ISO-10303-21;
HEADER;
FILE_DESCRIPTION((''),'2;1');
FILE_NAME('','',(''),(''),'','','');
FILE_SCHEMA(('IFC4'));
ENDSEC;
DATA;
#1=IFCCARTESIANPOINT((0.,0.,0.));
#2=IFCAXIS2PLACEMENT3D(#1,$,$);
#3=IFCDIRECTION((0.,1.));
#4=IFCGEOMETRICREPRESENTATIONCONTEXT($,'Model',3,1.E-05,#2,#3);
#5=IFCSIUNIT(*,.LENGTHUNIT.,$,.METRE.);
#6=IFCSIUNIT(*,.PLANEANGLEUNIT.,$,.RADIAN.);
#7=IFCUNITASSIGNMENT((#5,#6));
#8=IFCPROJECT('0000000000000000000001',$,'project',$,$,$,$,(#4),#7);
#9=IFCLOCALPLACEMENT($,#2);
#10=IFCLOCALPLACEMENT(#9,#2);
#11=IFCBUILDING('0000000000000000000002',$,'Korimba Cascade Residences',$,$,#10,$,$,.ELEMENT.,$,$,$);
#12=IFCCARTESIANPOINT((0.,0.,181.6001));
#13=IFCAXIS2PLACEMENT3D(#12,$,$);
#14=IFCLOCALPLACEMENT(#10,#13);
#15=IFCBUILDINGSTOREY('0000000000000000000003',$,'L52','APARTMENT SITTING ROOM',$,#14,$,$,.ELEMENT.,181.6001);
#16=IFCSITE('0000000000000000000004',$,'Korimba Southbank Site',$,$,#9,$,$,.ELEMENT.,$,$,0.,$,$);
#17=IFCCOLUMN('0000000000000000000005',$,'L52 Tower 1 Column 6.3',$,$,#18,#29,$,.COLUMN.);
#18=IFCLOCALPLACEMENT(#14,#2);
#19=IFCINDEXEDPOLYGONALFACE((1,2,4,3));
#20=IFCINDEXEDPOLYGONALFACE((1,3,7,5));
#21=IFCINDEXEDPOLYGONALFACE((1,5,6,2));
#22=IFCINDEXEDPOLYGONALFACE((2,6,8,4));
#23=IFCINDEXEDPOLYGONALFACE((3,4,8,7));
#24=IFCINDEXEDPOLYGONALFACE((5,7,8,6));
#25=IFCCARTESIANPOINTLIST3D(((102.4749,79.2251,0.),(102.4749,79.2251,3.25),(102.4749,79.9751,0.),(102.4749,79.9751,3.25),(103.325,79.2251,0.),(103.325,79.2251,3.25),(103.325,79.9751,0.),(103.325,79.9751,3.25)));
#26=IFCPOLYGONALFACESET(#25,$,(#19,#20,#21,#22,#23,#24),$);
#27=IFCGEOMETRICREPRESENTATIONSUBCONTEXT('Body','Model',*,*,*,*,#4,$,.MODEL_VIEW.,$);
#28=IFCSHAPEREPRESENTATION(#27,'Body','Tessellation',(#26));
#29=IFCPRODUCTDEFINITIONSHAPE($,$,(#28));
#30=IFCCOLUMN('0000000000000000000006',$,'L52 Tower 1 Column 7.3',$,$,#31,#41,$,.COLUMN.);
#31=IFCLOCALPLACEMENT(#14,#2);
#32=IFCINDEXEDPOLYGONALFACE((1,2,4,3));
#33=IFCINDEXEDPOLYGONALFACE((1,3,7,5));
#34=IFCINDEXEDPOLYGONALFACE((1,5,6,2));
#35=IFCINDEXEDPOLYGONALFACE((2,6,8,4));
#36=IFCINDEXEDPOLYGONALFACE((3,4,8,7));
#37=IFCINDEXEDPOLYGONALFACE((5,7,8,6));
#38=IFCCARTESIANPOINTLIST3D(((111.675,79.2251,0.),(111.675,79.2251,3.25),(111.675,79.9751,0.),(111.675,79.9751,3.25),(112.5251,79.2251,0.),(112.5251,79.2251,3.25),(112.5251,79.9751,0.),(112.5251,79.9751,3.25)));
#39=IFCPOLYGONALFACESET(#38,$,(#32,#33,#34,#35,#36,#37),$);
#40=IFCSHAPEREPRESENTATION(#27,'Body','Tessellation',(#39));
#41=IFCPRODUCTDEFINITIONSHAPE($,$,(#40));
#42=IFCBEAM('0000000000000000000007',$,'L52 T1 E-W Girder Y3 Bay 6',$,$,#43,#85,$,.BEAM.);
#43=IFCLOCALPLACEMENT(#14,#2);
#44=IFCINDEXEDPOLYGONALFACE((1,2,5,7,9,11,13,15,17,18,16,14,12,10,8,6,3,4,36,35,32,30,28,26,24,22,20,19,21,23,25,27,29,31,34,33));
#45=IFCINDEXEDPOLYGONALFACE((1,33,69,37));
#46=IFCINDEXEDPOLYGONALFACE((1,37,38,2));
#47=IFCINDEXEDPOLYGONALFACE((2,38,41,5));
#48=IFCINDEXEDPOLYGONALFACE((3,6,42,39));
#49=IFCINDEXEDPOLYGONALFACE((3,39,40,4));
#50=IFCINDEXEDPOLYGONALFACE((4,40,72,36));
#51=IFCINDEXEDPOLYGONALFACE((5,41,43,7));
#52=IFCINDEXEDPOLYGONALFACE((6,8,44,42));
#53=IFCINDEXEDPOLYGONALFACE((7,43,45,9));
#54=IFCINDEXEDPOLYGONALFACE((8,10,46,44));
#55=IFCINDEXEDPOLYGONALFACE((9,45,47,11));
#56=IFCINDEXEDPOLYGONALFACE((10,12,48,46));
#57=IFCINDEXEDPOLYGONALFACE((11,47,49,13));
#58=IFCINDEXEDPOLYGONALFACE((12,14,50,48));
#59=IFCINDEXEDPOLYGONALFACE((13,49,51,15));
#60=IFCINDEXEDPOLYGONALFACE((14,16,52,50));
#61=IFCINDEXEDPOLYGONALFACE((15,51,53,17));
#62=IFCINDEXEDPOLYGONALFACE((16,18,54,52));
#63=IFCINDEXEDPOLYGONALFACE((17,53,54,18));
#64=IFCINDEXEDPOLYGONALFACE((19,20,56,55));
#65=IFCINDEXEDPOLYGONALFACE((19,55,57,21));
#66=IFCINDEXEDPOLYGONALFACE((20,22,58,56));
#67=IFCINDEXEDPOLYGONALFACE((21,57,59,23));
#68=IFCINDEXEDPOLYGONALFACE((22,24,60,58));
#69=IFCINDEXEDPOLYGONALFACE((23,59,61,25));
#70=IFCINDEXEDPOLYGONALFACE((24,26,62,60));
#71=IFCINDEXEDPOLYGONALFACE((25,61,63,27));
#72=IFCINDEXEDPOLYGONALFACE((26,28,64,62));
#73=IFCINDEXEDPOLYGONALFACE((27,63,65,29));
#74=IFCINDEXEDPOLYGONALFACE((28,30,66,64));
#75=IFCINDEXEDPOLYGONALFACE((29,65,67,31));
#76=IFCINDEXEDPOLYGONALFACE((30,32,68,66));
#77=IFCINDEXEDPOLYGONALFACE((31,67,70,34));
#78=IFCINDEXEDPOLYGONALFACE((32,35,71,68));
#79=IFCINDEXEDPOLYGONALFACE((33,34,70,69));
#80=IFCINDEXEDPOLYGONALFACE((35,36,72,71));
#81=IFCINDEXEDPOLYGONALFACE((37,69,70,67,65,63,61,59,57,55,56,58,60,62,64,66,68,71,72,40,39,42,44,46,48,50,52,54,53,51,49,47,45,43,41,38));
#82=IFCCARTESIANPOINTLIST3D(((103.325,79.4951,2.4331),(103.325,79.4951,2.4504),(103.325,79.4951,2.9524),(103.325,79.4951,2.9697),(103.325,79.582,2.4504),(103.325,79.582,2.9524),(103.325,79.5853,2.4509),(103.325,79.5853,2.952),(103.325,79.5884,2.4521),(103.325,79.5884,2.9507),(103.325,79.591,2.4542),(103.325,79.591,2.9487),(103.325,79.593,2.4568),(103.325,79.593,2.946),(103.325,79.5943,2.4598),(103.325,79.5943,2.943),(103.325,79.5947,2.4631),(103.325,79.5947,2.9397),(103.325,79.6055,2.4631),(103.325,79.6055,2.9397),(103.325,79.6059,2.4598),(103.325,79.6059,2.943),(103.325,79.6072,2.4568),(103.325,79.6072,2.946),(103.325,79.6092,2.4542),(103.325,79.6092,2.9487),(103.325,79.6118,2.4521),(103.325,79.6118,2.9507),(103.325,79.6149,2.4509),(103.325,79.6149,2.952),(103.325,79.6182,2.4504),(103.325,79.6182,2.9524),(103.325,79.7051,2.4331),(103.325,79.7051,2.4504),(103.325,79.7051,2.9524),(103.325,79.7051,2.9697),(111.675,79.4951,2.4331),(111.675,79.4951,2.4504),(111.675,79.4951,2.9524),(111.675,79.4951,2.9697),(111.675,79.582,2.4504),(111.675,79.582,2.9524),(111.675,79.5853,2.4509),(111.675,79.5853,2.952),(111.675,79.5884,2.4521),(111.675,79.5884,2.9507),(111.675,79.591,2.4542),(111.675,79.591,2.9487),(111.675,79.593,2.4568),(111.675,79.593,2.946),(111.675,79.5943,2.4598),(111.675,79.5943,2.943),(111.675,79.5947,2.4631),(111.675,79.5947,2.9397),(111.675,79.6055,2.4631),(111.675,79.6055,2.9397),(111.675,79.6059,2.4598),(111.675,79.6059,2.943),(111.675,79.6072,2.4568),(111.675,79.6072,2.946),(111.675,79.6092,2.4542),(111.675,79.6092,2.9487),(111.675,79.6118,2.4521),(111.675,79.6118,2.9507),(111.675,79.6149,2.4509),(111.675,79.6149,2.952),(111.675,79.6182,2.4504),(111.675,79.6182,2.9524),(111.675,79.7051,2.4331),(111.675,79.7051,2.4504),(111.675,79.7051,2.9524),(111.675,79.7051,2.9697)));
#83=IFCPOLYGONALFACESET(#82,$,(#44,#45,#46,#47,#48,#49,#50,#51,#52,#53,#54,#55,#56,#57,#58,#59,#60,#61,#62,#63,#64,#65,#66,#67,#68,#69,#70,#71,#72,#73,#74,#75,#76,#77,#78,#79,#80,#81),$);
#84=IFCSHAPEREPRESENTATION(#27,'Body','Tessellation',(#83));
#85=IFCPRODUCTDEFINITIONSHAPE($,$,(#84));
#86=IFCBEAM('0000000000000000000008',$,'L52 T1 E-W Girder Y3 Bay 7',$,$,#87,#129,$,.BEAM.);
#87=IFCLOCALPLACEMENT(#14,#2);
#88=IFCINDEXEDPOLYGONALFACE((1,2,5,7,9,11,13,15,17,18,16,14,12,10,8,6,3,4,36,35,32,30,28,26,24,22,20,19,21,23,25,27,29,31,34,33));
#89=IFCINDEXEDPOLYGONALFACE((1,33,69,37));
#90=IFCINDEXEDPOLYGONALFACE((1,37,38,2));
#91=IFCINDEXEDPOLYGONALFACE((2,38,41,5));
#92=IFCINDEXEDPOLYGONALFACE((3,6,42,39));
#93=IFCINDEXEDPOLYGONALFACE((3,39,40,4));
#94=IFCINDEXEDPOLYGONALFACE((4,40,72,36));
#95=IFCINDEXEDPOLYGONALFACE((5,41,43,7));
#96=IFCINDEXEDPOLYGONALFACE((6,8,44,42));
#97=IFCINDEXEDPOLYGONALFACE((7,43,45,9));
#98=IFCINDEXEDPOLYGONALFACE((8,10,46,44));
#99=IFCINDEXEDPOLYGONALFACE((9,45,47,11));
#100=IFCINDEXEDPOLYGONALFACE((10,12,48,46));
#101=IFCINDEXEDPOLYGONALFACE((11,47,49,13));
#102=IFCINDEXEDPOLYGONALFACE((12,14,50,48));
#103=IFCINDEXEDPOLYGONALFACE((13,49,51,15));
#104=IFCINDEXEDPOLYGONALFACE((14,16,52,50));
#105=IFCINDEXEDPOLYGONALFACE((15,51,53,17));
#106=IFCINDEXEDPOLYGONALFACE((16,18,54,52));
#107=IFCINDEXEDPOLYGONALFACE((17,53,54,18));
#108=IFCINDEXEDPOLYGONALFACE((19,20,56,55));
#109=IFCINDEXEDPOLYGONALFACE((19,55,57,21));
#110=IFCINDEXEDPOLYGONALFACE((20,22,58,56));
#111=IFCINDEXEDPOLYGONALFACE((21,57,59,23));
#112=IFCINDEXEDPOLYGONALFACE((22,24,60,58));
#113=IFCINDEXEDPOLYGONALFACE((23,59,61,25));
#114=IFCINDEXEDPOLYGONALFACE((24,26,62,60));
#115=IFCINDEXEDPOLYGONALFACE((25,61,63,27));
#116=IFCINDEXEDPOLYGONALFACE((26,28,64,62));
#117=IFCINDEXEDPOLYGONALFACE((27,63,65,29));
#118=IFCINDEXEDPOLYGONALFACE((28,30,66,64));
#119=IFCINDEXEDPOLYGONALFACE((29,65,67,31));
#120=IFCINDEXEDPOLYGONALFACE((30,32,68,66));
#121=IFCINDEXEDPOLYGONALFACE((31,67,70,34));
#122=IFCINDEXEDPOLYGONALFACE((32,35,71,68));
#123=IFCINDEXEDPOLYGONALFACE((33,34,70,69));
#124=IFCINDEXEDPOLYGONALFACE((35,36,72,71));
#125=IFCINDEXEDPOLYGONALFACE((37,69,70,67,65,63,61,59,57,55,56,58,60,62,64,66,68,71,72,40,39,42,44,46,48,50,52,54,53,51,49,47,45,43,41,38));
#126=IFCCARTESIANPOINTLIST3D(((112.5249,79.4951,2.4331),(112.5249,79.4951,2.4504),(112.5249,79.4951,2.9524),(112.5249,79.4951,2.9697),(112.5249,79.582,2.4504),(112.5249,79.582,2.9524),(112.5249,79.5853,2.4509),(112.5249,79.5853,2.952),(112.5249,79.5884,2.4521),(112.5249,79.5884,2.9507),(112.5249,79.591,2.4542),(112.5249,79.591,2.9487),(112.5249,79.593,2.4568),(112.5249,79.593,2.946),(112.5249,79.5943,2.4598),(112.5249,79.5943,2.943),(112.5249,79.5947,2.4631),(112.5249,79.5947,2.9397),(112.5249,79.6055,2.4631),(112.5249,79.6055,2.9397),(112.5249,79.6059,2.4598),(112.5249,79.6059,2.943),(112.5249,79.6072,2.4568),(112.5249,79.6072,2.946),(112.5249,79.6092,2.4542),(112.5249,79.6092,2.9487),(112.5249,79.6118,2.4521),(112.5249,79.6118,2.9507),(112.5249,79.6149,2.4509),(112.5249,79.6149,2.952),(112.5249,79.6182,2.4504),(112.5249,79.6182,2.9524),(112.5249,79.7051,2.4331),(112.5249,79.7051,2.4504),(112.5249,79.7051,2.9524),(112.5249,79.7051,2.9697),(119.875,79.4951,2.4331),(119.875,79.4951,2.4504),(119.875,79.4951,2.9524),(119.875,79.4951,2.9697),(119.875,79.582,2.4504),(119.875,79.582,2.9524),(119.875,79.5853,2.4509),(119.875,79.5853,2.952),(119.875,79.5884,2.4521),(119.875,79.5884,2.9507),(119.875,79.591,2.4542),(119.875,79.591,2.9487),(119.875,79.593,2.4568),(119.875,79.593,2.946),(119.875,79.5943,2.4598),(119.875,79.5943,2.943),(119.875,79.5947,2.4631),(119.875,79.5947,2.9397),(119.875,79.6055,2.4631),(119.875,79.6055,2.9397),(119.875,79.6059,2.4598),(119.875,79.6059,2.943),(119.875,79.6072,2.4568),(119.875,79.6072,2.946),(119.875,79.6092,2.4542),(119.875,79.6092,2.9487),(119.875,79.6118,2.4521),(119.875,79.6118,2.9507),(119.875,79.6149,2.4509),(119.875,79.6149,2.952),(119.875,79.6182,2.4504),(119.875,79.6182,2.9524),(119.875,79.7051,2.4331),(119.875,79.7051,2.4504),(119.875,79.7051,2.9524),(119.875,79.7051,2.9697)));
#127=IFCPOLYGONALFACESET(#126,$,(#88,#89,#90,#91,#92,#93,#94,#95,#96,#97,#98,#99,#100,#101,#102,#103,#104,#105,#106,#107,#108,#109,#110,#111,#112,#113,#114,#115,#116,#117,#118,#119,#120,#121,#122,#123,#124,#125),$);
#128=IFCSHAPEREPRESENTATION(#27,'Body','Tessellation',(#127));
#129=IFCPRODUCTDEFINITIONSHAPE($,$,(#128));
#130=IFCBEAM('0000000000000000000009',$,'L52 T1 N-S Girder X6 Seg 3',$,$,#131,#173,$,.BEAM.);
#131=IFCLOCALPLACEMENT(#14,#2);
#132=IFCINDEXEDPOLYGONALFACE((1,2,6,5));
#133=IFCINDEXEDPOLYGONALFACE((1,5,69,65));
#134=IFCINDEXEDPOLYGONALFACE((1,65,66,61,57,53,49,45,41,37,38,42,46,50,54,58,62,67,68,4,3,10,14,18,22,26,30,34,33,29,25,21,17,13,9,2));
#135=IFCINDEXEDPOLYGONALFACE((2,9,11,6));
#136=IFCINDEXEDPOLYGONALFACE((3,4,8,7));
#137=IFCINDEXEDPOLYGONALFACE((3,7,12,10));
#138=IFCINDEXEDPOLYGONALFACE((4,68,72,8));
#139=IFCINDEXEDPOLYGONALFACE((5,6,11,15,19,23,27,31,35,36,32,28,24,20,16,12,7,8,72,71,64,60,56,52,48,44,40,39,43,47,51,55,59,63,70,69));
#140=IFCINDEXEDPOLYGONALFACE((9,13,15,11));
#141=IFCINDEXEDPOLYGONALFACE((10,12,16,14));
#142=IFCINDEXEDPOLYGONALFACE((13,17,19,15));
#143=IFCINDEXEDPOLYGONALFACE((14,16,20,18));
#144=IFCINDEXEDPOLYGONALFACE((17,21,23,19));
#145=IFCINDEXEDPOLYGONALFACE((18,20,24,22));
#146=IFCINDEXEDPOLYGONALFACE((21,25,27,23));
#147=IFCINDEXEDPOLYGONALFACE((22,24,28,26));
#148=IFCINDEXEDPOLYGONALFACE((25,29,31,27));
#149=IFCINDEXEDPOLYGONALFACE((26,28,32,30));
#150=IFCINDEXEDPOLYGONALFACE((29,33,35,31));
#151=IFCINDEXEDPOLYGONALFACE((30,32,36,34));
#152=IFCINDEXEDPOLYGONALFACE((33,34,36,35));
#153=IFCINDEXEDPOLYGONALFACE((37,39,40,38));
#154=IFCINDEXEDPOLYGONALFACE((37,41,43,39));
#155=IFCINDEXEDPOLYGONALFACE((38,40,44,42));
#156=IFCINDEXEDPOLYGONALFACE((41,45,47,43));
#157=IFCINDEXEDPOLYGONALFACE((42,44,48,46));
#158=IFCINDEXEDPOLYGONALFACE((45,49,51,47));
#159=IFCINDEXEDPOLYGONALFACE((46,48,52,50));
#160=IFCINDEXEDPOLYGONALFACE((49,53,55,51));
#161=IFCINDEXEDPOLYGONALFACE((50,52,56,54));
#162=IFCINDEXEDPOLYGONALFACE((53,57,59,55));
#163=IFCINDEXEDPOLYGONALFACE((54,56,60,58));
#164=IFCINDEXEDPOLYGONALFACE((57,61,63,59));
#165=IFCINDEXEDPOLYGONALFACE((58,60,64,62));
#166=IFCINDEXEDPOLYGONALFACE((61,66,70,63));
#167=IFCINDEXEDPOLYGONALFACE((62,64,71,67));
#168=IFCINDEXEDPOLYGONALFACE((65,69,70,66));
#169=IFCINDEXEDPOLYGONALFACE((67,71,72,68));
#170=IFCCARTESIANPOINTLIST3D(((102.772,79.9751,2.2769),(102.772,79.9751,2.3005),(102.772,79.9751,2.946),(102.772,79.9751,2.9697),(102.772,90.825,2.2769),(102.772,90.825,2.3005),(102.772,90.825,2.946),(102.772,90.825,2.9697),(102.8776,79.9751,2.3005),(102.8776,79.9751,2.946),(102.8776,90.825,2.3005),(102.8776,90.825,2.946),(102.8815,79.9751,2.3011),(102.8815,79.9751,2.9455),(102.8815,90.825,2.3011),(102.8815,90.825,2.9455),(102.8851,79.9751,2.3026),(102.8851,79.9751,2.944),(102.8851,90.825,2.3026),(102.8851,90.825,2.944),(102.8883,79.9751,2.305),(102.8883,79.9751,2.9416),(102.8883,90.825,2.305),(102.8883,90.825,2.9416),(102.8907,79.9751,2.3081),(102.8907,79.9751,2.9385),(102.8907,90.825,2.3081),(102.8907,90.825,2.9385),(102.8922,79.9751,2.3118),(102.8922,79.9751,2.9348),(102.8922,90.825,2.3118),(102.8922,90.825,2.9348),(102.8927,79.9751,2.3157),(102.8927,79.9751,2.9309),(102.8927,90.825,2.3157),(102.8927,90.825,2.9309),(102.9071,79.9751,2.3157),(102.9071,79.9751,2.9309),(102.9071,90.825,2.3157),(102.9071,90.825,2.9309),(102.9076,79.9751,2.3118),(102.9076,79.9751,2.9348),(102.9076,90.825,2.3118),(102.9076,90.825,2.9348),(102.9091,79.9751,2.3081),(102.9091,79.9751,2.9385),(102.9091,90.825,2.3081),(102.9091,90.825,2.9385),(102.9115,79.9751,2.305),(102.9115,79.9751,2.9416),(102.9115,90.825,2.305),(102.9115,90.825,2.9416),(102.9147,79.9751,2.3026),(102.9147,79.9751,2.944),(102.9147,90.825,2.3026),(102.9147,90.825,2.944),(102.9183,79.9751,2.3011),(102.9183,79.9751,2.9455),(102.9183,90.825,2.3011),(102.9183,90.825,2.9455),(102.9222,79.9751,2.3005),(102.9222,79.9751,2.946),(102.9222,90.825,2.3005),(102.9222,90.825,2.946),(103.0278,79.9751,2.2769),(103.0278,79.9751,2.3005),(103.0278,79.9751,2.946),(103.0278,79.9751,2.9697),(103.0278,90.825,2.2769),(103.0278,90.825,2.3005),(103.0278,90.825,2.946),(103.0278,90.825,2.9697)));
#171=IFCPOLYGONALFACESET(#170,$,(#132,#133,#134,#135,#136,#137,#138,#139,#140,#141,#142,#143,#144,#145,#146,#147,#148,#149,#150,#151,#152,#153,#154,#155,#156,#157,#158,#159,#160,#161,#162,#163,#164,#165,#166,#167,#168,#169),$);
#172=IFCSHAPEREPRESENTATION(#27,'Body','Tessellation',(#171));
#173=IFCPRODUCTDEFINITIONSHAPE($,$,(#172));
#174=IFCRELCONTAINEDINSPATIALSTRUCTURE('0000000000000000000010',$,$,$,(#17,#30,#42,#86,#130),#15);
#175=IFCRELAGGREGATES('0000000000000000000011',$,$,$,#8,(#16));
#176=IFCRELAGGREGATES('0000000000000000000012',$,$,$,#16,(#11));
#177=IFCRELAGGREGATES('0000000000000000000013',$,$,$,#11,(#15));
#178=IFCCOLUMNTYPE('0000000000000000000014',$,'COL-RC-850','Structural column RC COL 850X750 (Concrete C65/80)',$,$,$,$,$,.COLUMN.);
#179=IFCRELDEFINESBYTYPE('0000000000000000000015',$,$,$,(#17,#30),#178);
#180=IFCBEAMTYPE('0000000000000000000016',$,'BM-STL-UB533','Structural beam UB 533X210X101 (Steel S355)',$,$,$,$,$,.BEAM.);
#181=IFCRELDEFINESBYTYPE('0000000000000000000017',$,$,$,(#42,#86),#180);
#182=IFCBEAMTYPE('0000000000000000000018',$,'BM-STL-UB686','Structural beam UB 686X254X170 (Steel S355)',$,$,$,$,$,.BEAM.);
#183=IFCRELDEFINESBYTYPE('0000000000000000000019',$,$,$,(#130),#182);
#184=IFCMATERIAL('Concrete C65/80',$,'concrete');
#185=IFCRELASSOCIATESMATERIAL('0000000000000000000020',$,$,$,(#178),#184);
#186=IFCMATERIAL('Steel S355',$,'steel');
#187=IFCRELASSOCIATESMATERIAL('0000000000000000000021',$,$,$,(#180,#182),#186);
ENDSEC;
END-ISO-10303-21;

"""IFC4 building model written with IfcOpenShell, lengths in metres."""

from ifc_helpers import new_model, si_unit, direction, frame, origin, origin_2d, place, context, subcontext, project, spatial, rectangle, i_section, extrude, material, material_profile, profile_set, type_object, element, save


model = new_model("IFC4")

# Units and contexts
model_context = context("Model", 3, precision=1e-05, world=origin(), true_north=direction((0.0, 1.0)))
body_context = subcontext(model_context, "Body", "Model", "MODEL_VIEW")
ifc_project = project(units=[si_unit("LENGTHUNIT", "METRE"), si_unit("PLANEANGLEUNIT", "RADIAN")], contexts=[model_context])

# Site, building, storey
site_placement = place(None, origin())
site = spatial("IfcSite", under=ifc_project, at=site_placement, Name="Korimba Southbank Site", CompositionType="ELEMENT", RefElevation=0.0)
building_placement = place(site_placement, origin())
building = spatial("IfcBuilding", under=site, at=building_placement, Name="Korimba Cascade Residences", CompositionType="ELEMENT")
storey_placement = place(building_placement, frame((0.0, 0.0, 181.6001)))
storey = spatial("IfcBuildingStorey", under=building, at=storey_placement, Name="L52", Description="APARTMENT SITTING ROOM", CompositionType="ELEMENT", Elevation=181.6001)

# Columns
ifc_material_1 = material(Name="Concrete C65/80", Category="concrete")
ifc_material_profile_1 = material_profile(ifc_material_1, rectangle(XDim=0.8501, YDim=0.75, at=origin_2d()), Name="Concrete C65/80")
ifc_profile_set_1 = profile_set([ifc_material_profile_1], Name="Concrete C65/80")
column_type = type_object("IfcColumnType", Name="COL-RC-850", Description="Structural column RC COL 850X750 (Concrete C65/80)", PredefinedType="COLUMN", material=ifc_profile_set_1)
for number, where, z_axis, x_axis, name in (
    (1, (102.8999, 79.6001, 0.0), (0.0, 0.0, 1.0), (1.0, 0.0, 0.0), "L52 Tower 1 Column 6.3"),
    (2, (112.1001, 79.6001, 0.0), (0.0, 0.0, 1.0), (1.0, 0.0, 0.0), "L52 Tower 1 Column 7.3"),
):
    element("IfcColumn", number, at=place(storey_placement, frame(where, z_axis=z_axis, x_axis=x_axis)), inside=storey, type_object=column_type, Name=name, PredefinedType="COLUMN", context=body_context, shape_type="SweptSolid", body=[
        extrude(rectangle(XDim=0.8501, YDim=0.75, at=origin_2d()), origin(), (0.0, 0.0, 1.0), 3.25),
    ])

# Beams
ifc_material_2 = material(Name="Steel S355", Category="steel")
ifc_material_profile_2 = material_profile(ifc_material_2, i_section(OverallWidth=0.21, OverallDepth=0.5366, WebThickness=0.0107, FlangeThickness=0.0173, FilletRadius=0.0127, at=origin_2d()), Name="Steel S355")
ifc_profile_set_2 = profile_set([ifc_material_profile_2], Name="Steel S355")
beam_type_1 = type_object("IfcBeamType", Name="BM-STL-UB533", Description="Structural beam UB 533X210X101 (Steel S355)", PredefinedType="BEAM", material=ifc_profile_set_2)
beam_1_placement = place(storey_placement, frame((103.325, 79.6001, 2.7014), z_axis=(1.0, 0.0, 0.0), x_axis=(0.0, 1.0, 0.0)))
element("IfcBeam", 3, at=beam_1_placement, inside=storey, type_object=beam_type_1, Name="L52 T1 E-W Girder Y3 Bay 6", PredefinedType="BEAM", context=body_context, shape_type="SweptSolid", body=[
    extrude(i_section(OverallWidth=0.21, OverallDepth=0.5366, WebThickness=0.0107, FlangeThickness=0.0173, FilletRadius=0.0127, at=origin_2d()), origin(), (0.0, 0.0, 1.0), 8.3501),
])
beam_2_placement = place(storey_placement, frame((112.5249, 79.6001, 2.7014), z_axis=(1.0, 0.0, 0.0), x_axis=(0.0, 1.0, 0.0)))
element("IfcBeam", 4, at=beam_2_placement, inside=storey, type_object=beam_type_1, Name="L52 T1 E-W Girder Y3 Bay 7", PredefinedType="BEAM", context=body_context, shape_type="SweptSolid", body=[
    extrude(i_section(OverallWidth=0.21, OverallDepth=0.5366, WebThickness=0.0107, FlangeThickness=0.0173, FilletRadius=0.0127, at=origin_2d()), origin(), (0.0, 0.0, 1.0), 7.3501),
])
ifc_material_profile_3 = material_profile(ifc_material_2, i_section(OverallWidth=0.2559, OverallDepth=0.6929, WebThickness=0.0144, FlangeThickness=0.0237, FilletRadius=0.0151, at=origin_2d()), Name="Steel S355")
ifc_profile_set_3 = profile_set([ifc_material_profile_3], Name="Steel S355")
beam_type_2 = type_object("IfcBeamType", Name="BM-STL-UB686", Description="Structural beam UB 686X254X170 (Steel S355)", PredefinedType="BEAM", material=ifc_profile_set_3)
beam_3_placement = place(storey_placement, frame((102.8999, 79.9751, 2.6233), z_axis=(0.0, 1.0, 0.0), x_axis=(-1.0, 0.0, 0.0)))
element("IfcBeam", 5, at=beam_3_placement, inside=storey, type_object=beam_type_2, Name="L52 T1 N-S Girder X6 Seg 3", PredefinedType="BEAM", context=body_context, shape_type="SweptSolid", body=[
    extrude(i_section(OverallWidth=0.2559, OverallDepth=0.6929, WebThickness=0.0144, FlangeThickness=0.0237, FilletRadius=0.0151, at=origin_2d()), origin(), (0.0, 0.0, 1.0), 10.8499),
])

save(model, "model.ifc")
